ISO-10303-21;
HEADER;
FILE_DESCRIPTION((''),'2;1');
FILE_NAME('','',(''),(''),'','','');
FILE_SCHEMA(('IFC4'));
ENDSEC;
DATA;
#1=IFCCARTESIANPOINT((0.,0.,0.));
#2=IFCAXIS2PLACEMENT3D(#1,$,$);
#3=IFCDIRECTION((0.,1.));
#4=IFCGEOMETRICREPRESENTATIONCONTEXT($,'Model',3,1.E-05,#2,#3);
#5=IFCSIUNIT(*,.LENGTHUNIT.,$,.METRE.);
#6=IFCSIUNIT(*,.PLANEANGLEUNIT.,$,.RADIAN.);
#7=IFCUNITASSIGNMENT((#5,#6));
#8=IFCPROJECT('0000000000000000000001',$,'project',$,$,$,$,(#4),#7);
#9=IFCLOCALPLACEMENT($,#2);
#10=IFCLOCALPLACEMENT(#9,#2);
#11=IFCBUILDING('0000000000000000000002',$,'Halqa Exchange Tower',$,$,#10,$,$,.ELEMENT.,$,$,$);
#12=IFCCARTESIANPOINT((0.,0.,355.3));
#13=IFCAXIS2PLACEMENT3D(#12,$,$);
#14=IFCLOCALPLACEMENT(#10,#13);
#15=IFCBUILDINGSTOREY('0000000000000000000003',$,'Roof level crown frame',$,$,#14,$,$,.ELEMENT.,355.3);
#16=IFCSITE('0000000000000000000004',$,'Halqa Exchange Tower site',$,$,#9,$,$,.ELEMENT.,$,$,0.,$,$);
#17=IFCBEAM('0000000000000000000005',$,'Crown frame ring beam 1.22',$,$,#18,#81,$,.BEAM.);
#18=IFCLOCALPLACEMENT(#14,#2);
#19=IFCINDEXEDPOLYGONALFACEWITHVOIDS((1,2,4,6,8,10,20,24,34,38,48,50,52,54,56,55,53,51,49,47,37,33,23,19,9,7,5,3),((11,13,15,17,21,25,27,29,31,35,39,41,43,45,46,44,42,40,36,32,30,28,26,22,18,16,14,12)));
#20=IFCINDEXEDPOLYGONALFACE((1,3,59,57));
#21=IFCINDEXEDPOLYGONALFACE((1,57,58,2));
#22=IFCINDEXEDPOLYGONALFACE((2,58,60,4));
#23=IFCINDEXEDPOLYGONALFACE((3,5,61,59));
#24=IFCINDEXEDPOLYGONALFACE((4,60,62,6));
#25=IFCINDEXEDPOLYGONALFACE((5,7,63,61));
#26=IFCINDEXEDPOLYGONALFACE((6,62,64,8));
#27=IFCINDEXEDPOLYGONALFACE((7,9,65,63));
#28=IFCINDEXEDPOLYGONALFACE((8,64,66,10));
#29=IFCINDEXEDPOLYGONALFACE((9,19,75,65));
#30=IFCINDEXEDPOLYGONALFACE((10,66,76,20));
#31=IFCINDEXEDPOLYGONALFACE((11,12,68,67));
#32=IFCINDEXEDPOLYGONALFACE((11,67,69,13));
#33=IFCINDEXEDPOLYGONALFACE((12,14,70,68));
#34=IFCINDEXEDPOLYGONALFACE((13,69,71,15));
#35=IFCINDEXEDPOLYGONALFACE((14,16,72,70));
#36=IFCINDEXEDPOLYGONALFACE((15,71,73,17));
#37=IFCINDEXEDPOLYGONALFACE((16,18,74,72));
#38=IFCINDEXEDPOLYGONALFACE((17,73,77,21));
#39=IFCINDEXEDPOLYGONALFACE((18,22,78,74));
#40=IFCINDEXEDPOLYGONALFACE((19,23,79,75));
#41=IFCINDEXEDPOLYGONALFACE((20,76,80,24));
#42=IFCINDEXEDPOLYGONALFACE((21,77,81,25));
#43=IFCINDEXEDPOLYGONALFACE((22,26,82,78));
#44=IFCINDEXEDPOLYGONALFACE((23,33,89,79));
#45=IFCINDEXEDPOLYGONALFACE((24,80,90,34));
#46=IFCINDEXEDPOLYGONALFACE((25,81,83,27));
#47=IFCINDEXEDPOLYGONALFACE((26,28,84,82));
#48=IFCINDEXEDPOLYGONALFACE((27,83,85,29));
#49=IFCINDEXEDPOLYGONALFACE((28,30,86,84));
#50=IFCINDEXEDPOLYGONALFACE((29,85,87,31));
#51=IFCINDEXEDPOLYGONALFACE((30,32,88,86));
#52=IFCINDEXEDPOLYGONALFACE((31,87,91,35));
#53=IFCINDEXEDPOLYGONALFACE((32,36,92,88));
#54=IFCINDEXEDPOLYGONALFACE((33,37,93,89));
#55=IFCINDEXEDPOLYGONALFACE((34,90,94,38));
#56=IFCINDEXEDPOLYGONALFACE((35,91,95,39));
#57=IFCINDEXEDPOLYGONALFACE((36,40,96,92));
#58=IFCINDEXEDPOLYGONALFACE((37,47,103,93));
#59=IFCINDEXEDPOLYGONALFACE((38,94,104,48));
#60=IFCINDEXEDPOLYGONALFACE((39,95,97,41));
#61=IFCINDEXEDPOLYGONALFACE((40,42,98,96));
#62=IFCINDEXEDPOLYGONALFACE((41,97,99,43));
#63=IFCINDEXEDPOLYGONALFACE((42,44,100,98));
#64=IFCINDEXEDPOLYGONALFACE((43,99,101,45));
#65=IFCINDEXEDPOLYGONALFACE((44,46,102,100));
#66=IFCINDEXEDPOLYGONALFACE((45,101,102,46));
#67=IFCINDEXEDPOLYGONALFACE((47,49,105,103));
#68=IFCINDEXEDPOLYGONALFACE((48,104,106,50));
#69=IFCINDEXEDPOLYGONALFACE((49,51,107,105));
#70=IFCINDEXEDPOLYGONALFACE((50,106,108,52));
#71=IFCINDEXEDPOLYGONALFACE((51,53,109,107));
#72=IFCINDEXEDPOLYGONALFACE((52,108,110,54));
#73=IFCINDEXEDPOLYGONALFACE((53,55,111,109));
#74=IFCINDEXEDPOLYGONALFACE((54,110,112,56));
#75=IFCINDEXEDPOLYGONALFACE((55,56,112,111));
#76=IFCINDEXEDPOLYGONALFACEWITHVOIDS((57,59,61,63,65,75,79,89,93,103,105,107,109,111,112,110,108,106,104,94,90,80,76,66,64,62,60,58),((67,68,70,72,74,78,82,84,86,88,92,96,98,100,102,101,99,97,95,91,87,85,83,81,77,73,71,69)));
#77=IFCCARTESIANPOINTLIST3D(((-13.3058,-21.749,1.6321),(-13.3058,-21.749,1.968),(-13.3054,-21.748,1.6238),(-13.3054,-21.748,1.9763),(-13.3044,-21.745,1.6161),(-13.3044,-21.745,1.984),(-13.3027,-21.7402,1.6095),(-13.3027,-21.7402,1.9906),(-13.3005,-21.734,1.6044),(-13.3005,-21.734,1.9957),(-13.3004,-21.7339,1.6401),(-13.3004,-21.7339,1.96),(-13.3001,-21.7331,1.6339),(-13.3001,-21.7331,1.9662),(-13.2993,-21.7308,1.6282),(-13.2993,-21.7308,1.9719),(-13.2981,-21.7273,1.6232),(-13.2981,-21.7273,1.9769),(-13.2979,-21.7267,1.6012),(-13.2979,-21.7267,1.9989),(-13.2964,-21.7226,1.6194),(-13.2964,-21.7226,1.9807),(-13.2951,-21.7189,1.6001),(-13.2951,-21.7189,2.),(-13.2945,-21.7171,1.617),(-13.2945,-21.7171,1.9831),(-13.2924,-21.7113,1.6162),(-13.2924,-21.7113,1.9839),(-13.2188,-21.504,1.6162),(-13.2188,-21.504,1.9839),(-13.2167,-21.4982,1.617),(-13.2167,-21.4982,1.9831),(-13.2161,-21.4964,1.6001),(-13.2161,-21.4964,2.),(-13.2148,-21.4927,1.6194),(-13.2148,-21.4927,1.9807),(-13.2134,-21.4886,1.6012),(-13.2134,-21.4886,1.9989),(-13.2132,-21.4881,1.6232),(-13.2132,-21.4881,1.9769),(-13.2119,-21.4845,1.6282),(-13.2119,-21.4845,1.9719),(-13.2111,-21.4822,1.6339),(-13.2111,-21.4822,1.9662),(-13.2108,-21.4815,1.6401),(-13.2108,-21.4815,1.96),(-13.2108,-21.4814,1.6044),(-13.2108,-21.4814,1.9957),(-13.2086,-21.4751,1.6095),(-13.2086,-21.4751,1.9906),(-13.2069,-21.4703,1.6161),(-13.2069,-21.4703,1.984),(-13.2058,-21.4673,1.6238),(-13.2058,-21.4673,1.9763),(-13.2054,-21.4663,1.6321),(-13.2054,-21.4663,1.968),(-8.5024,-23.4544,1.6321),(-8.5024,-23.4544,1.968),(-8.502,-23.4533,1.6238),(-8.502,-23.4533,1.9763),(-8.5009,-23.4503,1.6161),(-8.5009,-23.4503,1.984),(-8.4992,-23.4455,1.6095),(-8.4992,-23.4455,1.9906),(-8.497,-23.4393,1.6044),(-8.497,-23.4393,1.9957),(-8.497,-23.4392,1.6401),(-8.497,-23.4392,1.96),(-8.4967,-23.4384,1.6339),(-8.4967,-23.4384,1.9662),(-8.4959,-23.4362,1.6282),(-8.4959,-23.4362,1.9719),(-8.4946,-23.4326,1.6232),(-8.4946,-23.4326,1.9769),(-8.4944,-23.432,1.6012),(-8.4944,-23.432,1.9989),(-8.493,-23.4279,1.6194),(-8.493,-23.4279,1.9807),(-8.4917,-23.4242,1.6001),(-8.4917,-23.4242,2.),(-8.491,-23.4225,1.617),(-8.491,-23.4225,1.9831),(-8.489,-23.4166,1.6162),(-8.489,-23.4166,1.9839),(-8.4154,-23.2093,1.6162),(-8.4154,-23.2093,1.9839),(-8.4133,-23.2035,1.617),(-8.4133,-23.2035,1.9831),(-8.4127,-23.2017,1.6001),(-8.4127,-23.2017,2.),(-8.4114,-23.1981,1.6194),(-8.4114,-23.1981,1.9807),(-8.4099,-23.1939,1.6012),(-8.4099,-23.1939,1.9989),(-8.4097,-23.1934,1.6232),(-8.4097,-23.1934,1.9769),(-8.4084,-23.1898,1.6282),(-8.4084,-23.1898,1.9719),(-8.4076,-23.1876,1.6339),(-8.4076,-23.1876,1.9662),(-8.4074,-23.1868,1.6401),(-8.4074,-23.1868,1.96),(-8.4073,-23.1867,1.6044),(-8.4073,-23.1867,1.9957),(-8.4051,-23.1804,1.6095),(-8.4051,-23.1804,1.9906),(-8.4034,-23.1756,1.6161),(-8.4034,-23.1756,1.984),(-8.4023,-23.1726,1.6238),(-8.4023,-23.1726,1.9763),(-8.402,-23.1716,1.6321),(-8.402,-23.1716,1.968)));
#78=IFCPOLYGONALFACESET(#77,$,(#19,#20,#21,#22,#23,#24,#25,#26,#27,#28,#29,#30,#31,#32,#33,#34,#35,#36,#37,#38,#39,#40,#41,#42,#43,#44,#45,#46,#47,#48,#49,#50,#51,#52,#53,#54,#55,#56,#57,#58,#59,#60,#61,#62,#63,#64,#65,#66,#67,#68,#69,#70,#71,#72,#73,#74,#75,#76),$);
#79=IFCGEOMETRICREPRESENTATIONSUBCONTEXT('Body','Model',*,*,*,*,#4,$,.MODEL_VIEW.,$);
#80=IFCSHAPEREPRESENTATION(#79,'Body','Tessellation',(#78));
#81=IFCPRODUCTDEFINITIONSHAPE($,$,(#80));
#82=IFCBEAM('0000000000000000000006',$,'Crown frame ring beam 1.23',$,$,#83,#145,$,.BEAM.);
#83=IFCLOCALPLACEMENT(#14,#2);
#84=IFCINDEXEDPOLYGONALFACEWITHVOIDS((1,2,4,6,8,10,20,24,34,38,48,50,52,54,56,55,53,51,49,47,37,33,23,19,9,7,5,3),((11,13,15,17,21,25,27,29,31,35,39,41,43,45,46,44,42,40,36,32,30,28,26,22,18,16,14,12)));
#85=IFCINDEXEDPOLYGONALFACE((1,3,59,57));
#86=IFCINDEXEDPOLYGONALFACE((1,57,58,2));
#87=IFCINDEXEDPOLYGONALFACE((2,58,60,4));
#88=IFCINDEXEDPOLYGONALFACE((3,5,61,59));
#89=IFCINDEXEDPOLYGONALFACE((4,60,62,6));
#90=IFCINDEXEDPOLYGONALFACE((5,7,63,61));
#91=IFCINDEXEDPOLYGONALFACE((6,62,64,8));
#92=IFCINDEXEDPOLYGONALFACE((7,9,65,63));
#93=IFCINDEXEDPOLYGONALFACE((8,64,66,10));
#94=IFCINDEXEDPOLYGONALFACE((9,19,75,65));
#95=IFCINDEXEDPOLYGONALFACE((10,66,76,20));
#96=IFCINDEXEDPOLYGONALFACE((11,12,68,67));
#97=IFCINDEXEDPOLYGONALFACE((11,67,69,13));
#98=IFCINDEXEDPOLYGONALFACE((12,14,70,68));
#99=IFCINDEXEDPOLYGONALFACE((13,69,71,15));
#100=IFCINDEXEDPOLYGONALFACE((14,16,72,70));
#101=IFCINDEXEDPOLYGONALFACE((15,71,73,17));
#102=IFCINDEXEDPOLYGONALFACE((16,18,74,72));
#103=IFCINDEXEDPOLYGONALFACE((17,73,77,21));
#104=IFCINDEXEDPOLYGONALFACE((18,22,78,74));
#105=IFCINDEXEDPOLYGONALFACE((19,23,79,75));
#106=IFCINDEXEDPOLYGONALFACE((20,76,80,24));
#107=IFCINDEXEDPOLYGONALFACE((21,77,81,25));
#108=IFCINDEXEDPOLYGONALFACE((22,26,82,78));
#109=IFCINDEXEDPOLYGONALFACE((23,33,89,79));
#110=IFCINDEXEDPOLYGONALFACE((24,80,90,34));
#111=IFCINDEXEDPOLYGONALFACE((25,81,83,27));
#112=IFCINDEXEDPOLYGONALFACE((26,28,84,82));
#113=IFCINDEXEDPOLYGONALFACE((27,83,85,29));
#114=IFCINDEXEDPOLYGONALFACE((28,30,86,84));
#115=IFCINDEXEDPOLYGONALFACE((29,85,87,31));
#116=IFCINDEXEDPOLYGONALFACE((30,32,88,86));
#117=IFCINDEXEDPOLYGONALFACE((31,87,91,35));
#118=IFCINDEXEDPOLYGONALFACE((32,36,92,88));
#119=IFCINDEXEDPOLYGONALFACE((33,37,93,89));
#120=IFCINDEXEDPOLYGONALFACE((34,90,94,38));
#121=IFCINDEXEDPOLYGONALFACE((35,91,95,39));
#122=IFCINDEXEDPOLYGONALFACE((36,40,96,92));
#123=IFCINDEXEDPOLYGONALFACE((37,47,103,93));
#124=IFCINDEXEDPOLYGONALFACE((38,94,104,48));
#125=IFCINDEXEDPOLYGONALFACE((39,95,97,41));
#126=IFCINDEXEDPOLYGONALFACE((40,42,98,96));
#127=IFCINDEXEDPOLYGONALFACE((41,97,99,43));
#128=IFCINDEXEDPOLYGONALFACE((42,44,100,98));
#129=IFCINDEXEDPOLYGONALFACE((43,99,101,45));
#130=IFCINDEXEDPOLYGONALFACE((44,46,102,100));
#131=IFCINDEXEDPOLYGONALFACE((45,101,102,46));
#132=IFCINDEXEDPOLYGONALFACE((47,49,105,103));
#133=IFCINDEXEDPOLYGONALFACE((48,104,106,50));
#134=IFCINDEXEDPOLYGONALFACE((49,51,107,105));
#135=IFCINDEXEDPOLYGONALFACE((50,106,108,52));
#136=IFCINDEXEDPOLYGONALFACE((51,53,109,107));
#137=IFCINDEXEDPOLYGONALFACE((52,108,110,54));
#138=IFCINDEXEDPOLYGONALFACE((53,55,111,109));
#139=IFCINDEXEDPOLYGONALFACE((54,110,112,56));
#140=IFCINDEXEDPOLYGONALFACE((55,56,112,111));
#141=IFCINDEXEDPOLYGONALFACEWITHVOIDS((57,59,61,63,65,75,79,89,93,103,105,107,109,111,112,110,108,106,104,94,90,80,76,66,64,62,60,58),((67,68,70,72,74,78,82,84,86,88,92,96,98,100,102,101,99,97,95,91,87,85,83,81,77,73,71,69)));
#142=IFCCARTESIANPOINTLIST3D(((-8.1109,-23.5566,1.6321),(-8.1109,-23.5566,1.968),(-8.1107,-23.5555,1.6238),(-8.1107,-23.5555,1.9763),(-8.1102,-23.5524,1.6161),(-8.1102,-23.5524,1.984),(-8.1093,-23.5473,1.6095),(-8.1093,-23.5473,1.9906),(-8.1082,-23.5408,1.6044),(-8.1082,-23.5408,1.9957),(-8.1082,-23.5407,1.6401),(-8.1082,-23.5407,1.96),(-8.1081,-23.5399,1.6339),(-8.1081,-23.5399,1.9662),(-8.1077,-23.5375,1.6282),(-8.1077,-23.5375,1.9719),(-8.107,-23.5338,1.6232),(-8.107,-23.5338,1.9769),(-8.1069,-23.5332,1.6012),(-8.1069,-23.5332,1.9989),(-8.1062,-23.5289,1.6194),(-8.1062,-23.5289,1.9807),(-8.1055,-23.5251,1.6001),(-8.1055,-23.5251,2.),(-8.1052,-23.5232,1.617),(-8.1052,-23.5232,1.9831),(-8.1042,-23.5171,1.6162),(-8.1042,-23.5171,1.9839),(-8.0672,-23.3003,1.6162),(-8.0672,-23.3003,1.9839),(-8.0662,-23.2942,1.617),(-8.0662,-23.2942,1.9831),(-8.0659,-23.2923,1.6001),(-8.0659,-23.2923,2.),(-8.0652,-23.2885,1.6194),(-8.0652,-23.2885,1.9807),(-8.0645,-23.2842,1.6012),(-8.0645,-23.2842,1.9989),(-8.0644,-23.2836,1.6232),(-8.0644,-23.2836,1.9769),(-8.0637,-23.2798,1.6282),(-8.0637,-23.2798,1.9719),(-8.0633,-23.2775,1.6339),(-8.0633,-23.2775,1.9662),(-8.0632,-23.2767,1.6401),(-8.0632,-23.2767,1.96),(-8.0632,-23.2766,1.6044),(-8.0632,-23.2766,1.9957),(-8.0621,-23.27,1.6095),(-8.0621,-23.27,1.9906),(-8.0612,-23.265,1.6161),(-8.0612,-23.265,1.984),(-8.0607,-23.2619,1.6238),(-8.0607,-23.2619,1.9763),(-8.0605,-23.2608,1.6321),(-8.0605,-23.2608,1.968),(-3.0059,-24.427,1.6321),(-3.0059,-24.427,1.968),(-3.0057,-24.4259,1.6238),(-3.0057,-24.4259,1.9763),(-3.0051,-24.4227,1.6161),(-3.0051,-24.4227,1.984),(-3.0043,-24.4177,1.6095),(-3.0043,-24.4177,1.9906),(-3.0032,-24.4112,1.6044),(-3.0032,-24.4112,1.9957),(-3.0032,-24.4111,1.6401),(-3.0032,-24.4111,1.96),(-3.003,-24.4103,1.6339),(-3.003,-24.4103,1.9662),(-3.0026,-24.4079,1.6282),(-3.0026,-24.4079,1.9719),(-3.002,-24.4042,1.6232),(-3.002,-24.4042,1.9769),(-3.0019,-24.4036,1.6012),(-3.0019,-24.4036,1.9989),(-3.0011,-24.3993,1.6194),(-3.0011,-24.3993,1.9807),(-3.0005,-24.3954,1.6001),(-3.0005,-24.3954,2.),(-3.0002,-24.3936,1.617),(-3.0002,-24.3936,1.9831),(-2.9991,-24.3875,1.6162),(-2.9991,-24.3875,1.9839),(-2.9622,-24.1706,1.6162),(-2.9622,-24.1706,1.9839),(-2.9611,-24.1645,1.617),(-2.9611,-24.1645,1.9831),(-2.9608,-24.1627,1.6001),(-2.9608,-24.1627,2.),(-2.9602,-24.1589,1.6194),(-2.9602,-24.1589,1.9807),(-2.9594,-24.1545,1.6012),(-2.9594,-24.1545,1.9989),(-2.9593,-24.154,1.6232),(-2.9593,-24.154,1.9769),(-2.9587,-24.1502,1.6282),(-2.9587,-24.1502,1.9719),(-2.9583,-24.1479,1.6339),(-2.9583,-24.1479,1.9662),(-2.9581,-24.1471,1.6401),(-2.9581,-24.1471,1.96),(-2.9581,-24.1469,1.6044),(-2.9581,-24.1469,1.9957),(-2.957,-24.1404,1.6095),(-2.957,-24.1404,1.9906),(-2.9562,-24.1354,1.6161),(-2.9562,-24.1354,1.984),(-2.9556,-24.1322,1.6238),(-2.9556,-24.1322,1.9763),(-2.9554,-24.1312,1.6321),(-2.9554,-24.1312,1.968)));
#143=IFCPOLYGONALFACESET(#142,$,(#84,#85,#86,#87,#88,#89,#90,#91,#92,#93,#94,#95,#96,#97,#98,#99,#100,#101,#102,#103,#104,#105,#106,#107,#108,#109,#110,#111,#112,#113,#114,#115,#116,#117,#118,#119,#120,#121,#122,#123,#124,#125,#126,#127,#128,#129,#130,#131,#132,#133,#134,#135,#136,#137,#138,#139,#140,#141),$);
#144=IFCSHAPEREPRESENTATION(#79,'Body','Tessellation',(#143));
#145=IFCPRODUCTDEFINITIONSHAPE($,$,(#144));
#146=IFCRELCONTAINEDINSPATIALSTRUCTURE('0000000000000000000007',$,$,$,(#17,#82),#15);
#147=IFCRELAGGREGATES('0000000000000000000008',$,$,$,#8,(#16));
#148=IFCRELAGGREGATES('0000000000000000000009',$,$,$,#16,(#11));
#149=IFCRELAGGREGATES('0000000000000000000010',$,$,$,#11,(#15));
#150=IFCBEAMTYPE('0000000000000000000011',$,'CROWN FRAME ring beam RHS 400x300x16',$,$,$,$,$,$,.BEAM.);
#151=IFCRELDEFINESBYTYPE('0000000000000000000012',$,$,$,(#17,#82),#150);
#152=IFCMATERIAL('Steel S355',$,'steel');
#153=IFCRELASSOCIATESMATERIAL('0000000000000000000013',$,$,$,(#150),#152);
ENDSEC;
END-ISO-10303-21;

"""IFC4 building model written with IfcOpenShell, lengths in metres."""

from ifc_helpers import new_model, si_unit, direction, frame, origin, origin_2d, place, context, subcontext, project, spatial, hollow_rectangle, extrude, material, material_profile, profile_set, type_object, element, save


model = new_model("IFC4")

# Units and contexts
model_context = context("Model", 3, precision=1e-05, world=origin(), true_north=direction((0.0, 1.0)))
body_context = subcontext(model_context, "Body", "Model", "MODEL_VIEW")
ifc_project = project(units=[si_unit("LENGTHUNIT", "METRE"), si_unit("PLANEANGLEUNIT", "RADIAN")], contexts=[model_context])

# Site, building, storey
site_placement = place(None, origin())
site = spatial("IfcSite", under=ifc_project, at=site_placement, Name="Halqa Exchange Tower site", CompositionType="ELEMENT", RefElevation=0.0)
building_placement = place(site_placement, origin())
building = spatial("IfcBuilding", under=site, at=building_placement, Name="Halqa Exchange Tower", CompositionType="ELEMENT")
storey_placement = place(building_placement, frame((0.0, 0.0, 355.3)))
storey = spatial("IfcBuildingStorey", under=building, at=storey_placement, Name="Roof level crown frame", CompositionType="ELEMENT", Elevation=355.3)

# Shared definitions
ifc_material_1 = material(Name="Steel S355", Category="steel")

# Beams
ifc_material_profile_1 = material_profile(ifc_material_1, hollow_rectangle(XDim=0.3, YDim=0.3999, WallThickness=0.0161, InnerFilletRadius=0.0239, OuterFilletRadius=0.032, at=origin_2d()), Name="RHS 400x300x16")
ifc_profile_set_1 = profile_set([ifc_material_profile_1], Name="Steel S355")
beam_type = type_object("IfcBeamType", Name="CROWN FRAME ring beam RHS 400x300x16", PredefinedType="BEAM", material=ifc_profile_set_1)
beam_1_placement = place(storey_placement, frame((-13.2556, -21.6077, 1.8), z_axis=(0.942374, -0.334561, 0.0), x_axis=(0.334561, 0.942374, 0.0)))
element("IfcBeam", 1, at=beam_1_placement, inside=storey, type_object=beam_type, Name="Crown frame ring beam 1.22", PredefinedType="BEAM", context=body_context, shape_type="SweptSolid", body=[
    extrude(hollow_rectangle(XDim=0.3, YDim=0.3999, WallThickness=0.0161, InnerFilletRadius=0.0239, OuterFilletRadius=0.032, at=origin_2d()), origin(), (0.0, 0.0, 1.0), 5.0972),
])
beam_2_placement = place(storey_placement, frame((-8.0857, -23.4087, 1.8), z_axis=(0.985776, -0.168067, 0.0), x_axis=(0.168067, 0.985776, 0.0)))
element("IfcBeam", 2, at=beam_2_placement, inside=storey, type_object=beam_type, Name="Crown frame ring beam 1.23", PredefinedType="BEAM", context=body_context, shape_type="SweptSolid", body=[
    extrude(hollow_rectangle(XDim=0.3, YDim=0.3999, WallThickness=0.0161, InnerFilletRadius=0.0239, OuterFilletRadius=0.032, at=origin_2d()), origin(), (0.0, 0.0, 1.0), 5.1787),
])

save(model, "model.ifc")
